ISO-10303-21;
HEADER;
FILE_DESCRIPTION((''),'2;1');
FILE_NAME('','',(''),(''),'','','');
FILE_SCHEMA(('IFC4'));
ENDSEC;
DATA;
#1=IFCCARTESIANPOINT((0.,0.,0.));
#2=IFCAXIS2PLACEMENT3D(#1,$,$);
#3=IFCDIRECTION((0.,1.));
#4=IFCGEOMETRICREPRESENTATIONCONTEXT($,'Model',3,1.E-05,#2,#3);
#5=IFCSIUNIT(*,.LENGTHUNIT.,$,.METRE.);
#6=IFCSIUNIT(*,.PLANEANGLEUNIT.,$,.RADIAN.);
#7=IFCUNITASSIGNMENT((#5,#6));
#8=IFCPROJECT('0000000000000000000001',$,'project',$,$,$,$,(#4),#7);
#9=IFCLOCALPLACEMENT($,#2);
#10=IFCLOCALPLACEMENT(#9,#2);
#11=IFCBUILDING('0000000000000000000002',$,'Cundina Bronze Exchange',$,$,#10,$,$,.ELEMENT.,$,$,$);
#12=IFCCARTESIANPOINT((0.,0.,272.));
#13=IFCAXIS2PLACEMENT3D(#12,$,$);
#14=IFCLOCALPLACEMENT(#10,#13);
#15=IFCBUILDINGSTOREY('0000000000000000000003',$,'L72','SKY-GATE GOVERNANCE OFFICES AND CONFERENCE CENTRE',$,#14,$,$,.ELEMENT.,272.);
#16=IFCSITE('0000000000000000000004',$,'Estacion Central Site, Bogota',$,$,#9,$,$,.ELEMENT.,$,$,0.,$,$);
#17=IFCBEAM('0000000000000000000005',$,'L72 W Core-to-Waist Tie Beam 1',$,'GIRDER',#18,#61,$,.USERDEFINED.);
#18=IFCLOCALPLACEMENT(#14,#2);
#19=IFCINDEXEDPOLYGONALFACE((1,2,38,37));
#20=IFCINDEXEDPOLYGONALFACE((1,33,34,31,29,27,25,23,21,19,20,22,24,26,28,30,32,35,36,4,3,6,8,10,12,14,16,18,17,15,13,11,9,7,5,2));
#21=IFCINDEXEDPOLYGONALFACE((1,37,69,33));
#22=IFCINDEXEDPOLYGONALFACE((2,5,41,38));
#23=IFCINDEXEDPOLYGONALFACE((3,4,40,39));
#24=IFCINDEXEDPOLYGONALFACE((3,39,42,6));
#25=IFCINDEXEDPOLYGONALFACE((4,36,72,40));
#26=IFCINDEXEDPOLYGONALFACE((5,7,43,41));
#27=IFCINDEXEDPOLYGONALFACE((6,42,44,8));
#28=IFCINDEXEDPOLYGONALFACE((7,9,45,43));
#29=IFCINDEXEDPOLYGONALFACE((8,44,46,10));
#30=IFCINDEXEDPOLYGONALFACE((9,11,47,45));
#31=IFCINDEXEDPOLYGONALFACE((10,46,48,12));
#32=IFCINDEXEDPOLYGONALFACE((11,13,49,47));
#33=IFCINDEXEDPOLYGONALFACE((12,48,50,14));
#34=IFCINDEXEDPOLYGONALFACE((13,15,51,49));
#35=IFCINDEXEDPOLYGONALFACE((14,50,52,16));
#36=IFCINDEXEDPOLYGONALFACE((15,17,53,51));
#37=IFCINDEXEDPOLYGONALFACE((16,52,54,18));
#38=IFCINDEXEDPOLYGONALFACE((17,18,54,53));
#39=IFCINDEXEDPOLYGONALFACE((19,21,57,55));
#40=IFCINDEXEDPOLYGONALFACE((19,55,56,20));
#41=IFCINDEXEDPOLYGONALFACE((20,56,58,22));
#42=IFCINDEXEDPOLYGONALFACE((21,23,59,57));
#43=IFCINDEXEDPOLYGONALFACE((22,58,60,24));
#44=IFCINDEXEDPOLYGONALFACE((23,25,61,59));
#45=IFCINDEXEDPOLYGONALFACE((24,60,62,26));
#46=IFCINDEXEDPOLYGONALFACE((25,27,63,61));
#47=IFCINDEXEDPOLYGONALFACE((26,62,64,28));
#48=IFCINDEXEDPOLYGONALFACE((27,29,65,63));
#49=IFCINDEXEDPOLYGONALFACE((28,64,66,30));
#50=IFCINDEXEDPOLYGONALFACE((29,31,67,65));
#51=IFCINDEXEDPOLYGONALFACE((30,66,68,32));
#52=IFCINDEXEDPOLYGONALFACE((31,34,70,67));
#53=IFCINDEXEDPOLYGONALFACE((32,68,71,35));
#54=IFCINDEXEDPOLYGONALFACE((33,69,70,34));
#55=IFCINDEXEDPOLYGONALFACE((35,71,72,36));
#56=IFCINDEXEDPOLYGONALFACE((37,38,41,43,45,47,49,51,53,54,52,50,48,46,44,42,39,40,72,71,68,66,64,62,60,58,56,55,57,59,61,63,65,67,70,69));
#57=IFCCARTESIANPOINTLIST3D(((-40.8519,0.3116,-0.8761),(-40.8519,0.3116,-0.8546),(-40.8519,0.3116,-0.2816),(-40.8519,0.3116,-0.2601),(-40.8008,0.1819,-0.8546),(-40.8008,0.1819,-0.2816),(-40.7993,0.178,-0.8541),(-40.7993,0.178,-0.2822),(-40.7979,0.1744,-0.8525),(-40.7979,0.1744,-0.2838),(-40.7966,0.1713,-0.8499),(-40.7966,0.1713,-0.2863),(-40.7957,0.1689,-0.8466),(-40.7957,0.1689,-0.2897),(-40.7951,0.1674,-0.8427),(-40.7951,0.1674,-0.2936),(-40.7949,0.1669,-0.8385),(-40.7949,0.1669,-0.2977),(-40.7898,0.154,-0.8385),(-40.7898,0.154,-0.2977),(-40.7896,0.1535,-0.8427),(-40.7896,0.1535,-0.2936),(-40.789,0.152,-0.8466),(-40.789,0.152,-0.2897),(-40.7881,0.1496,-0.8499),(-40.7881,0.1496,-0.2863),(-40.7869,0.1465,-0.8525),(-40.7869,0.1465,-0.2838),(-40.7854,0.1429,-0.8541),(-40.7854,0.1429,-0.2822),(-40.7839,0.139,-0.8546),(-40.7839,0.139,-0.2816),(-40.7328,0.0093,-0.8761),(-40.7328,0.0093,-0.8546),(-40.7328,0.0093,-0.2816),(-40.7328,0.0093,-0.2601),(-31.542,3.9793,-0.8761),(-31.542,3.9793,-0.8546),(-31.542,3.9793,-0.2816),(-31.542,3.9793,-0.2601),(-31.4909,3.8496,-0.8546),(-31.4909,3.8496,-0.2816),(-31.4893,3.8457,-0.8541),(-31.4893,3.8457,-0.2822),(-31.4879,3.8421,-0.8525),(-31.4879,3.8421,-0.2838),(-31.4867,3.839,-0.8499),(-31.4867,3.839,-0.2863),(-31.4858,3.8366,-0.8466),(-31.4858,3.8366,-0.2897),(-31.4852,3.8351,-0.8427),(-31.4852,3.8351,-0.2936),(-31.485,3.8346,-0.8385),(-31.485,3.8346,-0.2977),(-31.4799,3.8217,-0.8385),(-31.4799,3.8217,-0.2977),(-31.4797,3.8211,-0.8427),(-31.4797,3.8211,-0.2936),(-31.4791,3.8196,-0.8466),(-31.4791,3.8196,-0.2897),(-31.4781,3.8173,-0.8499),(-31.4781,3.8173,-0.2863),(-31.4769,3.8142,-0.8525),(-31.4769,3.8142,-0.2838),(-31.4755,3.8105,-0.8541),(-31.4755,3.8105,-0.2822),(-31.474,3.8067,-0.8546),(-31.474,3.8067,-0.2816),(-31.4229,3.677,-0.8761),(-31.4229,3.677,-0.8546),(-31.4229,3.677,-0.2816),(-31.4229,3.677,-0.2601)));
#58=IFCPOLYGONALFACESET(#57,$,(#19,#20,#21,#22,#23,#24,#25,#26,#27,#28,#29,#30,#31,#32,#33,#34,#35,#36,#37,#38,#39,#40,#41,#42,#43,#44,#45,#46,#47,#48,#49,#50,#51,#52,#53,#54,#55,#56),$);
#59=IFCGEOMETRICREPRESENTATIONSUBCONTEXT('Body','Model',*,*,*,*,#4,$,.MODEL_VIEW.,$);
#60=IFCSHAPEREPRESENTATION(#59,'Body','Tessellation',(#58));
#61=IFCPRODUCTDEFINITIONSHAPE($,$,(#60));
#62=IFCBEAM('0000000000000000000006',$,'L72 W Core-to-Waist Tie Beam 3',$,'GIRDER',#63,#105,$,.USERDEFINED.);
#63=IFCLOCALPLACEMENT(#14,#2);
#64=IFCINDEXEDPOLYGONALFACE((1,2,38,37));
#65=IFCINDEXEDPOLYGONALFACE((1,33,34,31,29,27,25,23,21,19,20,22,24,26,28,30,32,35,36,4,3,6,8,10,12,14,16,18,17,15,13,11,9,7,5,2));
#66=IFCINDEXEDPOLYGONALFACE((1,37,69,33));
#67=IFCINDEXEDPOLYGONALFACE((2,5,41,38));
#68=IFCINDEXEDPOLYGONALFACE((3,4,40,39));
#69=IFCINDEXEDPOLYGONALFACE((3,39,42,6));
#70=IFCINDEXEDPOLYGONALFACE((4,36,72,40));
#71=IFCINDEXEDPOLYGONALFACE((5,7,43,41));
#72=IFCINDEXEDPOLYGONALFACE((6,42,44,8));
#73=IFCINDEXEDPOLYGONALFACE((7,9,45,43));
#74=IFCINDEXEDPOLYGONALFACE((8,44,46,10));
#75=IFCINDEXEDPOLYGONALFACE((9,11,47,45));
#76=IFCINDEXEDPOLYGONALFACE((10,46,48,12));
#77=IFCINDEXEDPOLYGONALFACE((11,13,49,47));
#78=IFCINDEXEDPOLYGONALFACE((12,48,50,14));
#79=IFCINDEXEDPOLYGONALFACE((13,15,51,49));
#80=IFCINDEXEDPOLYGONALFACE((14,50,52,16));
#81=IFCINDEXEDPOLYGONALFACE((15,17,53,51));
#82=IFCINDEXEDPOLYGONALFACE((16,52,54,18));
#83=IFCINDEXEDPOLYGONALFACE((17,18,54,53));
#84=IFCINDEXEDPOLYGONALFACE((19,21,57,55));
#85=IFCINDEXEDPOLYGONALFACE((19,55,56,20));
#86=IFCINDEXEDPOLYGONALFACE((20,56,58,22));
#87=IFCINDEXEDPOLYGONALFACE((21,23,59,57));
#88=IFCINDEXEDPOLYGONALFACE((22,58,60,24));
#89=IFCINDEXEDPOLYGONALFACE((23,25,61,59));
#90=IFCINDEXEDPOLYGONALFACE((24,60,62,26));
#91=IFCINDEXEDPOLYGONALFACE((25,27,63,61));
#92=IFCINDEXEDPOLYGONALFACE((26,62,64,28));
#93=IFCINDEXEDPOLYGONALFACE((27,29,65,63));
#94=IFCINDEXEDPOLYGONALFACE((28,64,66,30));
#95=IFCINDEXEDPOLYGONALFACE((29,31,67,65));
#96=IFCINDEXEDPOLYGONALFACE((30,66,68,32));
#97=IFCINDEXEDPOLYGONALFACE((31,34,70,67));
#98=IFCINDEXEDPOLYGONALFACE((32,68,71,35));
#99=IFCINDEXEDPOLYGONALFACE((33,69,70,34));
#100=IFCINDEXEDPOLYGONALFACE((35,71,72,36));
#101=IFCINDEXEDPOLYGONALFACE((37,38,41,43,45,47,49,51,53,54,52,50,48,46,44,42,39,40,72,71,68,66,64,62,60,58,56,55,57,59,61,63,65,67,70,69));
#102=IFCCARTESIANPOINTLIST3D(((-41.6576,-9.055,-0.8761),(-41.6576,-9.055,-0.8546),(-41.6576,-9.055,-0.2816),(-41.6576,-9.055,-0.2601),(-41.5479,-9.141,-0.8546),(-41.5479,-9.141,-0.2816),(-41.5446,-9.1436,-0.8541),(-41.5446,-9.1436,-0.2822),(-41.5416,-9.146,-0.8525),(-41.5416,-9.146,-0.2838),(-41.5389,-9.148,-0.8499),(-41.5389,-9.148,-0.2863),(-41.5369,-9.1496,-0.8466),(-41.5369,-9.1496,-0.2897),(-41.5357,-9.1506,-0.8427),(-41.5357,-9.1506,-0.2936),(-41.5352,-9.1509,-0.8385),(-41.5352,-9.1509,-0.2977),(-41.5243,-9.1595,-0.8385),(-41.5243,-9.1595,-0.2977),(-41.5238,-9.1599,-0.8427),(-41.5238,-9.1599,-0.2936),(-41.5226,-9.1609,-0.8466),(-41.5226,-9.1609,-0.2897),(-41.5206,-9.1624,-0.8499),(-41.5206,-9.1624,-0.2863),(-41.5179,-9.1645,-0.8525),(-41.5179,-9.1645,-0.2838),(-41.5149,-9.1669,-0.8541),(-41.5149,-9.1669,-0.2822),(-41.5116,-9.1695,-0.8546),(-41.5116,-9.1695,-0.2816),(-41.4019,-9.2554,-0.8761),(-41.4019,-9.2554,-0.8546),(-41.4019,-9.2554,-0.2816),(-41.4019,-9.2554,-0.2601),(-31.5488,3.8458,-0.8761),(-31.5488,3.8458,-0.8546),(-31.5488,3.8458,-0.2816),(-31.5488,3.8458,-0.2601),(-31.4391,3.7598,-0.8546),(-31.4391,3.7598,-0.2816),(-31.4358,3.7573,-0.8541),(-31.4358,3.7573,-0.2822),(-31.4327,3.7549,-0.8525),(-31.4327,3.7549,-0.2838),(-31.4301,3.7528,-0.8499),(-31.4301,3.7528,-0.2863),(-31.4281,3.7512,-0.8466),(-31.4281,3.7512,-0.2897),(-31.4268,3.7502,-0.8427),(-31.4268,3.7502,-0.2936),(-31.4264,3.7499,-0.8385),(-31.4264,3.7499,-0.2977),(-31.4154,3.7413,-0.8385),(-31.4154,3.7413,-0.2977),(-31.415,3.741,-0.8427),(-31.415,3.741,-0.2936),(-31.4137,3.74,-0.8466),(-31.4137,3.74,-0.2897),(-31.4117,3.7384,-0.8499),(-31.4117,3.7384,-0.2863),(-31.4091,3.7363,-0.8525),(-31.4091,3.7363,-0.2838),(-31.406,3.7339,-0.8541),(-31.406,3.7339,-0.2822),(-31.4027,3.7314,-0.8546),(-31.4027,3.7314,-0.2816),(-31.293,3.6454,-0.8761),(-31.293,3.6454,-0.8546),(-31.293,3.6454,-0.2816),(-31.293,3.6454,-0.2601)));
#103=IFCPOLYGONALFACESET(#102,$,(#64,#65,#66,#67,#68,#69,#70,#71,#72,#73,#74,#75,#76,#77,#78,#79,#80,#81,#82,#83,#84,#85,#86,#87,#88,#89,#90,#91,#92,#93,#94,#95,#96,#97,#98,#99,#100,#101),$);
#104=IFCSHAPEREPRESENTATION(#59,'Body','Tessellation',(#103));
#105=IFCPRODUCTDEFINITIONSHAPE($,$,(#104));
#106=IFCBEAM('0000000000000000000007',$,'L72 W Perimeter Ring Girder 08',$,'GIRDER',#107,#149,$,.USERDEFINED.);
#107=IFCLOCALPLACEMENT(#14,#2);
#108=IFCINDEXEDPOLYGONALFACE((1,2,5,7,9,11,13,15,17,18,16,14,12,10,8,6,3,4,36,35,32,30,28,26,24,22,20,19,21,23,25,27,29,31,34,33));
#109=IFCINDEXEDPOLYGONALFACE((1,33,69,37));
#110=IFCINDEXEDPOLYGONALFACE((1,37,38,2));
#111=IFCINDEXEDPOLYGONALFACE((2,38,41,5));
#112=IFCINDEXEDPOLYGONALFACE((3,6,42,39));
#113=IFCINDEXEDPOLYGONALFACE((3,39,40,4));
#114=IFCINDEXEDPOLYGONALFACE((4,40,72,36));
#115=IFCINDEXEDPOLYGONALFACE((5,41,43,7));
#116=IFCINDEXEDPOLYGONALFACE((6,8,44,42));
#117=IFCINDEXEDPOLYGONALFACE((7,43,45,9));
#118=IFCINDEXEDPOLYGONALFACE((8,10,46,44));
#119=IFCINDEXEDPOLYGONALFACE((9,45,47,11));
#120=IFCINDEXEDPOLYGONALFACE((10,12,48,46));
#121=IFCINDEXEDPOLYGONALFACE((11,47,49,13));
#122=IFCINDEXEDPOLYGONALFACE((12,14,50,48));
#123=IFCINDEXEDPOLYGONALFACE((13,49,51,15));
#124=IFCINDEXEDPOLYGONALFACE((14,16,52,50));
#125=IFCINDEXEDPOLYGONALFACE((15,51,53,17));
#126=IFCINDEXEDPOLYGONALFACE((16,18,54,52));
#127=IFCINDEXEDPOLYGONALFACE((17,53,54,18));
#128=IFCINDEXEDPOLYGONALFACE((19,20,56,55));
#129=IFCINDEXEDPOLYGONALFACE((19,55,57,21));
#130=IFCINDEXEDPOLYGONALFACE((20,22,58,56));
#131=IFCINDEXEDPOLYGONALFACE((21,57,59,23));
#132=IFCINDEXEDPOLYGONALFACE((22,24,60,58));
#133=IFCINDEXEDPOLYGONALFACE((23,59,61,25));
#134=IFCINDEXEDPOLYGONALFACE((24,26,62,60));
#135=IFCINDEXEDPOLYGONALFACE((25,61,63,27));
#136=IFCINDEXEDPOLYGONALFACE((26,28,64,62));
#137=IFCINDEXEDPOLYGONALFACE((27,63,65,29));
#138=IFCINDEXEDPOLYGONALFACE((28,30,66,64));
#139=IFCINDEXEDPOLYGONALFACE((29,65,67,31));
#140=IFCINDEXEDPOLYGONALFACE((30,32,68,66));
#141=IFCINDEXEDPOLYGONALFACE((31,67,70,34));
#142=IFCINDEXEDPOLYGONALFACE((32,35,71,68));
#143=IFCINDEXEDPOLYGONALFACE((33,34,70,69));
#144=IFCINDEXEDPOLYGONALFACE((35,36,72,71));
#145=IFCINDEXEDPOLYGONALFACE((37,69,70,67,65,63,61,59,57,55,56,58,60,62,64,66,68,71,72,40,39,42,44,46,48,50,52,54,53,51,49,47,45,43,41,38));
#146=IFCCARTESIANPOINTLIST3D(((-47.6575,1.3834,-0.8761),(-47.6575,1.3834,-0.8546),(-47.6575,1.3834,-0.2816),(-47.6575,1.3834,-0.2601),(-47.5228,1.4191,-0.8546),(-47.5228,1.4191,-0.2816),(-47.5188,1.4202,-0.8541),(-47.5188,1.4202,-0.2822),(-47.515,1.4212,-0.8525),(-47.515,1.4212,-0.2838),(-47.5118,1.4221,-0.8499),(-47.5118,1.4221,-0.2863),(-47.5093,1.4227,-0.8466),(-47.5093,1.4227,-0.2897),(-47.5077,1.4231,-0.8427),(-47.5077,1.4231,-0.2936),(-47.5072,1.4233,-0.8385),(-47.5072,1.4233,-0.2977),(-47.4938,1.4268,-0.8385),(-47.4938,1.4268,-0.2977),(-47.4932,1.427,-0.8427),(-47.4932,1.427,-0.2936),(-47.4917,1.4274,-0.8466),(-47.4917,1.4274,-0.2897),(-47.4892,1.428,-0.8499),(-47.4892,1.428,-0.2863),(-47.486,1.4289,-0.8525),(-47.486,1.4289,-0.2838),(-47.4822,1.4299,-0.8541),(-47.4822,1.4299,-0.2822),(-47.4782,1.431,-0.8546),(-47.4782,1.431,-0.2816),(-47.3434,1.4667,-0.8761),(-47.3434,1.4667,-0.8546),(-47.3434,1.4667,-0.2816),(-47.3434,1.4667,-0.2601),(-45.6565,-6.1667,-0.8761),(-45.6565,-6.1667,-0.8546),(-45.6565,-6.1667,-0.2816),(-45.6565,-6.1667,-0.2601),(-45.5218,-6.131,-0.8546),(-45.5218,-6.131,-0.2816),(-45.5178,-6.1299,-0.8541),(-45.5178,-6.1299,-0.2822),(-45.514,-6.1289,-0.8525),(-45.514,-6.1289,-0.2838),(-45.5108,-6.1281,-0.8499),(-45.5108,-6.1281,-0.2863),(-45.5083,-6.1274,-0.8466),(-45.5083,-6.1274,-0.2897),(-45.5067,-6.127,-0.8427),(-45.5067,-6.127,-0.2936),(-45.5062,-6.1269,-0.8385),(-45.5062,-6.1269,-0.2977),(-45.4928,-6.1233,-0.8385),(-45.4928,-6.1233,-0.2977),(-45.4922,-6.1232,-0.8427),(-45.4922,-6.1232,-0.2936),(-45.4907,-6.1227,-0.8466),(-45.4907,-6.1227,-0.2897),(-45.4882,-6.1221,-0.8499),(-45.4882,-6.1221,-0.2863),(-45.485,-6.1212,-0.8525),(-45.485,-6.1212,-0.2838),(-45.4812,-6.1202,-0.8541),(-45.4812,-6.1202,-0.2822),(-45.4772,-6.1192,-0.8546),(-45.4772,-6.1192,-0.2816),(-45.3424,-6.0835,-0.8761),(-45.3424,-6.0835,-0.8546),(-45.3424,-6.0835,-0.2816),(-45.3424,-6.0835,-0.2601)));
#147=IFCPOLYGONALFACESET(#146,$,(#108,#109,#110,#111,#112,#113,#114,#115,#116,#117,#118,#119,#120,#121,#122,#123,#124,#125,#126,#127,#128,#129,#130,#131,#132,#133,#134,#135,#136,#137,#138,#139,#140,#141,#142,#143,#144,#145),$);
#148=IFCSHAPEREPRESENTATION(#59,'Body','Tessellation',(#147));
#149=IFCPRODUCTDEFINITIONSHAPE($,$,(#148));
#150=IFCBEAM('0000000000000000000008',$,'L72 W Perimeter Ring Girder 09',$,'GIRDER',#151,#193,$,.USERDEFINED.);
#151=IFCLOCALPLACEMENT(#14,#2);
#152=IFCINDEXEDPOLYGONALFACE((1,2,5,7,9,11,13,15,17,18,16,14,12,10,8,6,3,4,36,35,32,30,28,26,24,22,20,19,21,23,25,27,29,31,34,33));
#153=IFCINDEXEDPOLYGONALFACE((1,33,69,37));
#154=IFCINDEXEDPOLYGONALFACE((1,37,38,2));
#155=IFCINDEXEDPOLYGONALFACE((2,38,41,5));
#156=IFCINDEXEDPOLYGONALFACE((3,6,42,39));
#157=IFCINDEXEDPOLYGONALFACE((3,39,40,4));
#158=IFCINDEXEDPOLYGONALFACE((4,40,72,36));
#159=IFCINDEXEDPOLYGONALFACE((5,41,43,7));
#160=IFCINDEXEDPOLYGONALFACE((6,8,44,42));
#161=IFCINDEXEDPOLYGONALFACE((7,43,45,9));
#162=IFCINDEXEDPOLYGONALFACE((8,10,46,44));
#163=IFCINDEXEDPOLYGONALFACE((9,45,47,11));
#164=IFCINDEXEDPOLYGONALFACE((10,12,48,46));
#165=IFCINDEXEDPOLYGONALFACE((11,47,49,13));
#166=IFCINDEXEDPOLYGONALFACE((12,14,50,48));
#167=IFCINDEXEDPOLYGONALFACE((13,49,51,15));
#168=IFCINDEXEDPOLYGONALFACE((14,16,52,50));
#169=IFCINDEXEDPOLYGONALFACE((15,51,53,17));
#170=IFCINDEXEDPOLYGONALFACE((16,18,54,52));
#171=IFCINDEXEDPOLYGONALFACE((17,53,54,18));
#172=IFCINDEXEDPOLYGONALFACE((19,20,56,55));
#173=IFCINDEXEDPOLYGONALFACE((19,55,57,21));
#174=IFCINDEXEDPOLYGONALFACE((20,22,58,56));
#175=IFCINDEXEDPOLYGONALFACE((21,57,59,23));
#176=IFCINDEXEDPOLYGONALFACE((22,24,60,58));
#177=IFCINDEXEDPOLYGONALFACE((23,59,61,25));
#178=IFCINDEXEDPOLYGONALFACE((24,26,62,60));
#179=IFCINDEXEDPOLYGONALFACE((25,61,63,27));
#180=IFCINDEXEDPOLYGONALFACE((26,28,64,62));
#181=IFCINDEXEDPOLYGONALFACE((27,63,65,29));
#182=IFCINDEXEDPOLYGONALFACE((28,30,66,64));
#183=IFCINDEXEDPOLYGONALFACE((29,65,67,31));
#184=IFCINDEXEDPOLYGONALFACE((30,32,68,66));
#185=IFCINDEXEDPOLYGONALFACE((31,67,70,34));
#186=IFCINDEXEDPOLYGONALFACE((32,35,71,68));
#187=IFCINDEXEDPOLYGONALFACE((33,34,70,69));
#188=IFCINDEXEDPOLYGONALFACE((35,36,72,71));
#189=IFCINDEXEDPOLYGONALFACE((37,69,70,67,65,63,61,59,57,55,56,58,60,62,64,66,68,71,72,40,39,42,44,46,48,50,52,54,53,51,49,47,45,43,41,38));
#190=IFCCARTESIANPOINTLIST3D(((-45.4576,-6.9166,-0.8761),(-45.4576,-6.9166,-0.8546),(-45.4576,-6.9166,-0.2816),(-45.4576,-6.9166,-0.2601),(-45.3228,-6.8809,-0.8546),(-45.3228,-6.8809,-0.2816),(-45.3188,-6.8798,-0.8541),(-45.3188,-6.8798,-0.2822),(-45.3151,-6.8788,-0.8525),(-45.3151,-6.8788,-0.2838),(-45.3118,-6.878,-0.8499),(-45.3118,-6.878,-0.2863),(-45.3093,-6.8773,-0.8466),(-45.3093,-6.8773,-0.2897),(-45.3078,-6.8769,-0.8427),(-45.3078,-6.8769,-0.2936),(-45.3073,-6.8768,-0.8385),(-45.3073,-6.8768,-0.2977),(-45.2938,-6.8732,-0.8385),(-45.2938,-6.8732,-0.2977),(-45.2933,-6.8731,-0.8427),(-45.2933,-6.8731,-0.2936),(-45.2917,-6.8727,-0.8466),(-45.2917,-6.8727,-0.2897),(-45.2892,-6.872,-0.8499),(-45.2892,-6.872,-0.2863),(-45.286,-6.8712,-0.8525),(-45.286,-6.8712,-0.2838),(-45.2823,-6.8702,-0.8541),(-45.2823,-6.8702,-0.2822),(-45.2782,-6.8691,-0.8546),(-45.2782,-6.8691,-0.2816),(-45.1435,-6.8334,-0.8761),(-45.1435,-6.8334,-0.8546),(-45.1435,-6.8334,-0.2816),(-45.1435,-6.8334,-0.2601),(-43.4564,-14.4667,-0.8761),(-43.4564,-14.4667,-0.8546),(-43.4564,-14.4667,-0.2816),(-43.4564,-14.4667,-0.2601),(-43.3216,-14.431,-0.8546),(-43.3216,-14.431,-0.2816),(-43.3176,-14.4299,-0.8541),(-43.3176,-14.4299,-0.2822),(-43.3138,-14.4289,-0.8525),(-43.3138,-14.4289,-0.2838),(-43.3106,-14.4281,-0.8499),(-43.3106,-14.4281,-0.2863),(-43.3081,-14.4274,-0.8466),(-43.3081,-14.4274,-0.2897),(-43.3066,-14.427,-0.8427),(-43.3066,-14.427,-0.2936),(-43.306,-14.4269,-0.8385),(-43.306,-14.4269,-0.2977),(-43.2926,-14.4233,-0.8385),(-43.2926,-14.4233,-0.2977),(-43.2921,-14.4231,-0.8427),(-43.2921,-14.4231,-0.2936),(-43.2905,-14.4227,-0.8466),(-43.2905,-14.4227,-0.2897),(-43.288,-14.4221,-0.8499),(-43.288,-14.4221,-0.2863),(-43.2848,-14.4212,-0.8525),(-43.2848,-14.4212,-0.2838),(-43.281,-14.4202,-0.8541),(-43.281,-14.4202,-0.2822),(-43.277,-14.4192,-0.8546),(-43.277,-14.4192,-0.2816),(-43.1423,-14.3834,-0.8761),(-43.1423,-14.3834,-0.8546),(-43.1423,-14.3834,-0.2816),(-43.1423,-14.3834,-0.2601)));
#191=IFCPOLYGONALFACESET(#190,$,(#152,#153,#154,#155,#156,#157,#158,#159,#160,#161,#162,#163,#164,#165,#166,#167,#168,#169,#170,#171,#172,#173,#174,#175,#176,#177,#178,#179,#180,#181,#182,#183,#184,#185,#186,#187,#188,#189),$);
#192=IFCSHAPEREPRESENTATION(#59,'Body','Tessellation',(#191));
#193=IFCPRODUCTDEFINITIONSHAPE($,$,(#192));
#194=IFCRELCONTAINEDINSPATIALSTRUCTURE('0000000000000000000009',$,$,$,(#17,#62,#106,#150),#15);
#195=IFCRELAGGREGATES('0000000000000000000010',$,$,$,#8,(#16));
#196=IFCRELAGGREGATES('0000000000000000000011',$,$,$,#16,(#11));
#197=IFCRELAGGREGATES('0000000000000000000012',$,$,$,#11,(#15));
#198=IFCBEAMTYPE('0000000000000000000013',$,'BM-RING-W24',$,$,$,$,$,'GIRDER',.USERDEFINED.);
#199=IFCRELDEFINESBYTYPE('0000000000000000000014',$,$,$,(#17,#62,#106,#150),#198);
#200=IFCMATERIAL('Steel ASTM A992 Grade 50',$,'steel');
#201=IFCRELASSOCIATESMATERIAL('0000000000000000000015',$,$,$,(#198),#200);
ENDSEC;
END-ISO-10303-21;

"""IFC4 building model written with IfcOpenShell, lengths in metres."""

from ifc_helpers import new_model, si_unit, direction, frame, origin, origin_2d, place, context, subcontext, project, spatial, i_section, extrude, material, material_profile, profile_set, type_object, element, save


model = new_model("IFC4")

# Units and contexts
model_context = context("Model", 3, precision=1e-05, world=origin(), true_north=direction((0.0, 1.0)))
body_context = subcontext(model_context, "Body", "Model", "MODEL_VIEW")
ifc_project = project(units=[si_unit("LENGTHUNIT", "METRE"), si_unit("PLANEANGLEUNIT", "RADIAN")], contexts=[model_context])

# Site, building, storey
site_placement = place(None, origin())
site = spatial("IfcSite", under=ifc_project, at=site_placement, Name="Estacion Central Site, Bogota", CompositionType="ELEMENT", RefElevation=0.0)
building_placement = place(site_placement, origin())
building = spatial("IfcBuilding", under=site, at=building_placement, Name="Cundina Bronze Exchange", CompositionType="ELEMENT")
storey_placement = place(building_placement, frame((0.0, 0.0, 272.0)))
storey = spatial("IfcBuildingStorey", under=building, at=storey_placement, Name="L72", Description="SKY-GATE GOVERNANCE OFFICES AND CONFERENCE CENTRE", CompositionType="ELEMENT", Elevation=272.0)

# Shared definitions
ifc_material_1 = material(Name="Steel ASTM A992 Grade 50", Category="steel")

# Beams
ifc_material_profile_1 = material_profile(ifc_material_1, i_section(OverallWidth=0.325, OverallDepth=0.616, WebThickness=0.0139, FlangeThickness=0.0215, FilletRadius=0.0161, at=origin_2d()), Name="W24X117", Category="steel")
ifc_profile_set_1 = profile_set([ifc_material_profile_1], Name="Steel ASTM A992 Grade 50")
beam_type_1 = type_object("IfcBeamType", Name="BM-RING-W24", ElementType="GIRDER", PredefinedType="USERDEFINED", material=ifc_profile_set_1)
beam_1_placement = place(storey_placement, frame((-31.4824, 3.8281, -0.5681), z_axis=(-0.930404, -0.366535, 0.0), x_axis=(0.366535, -0.930404, 0.0)))
element("IfcBeam", 1, at=beam_1_placement, inside=storey, type_object=beam_type_1, Name="L72 W Core-to-Waist Tie Beam 1", ObjectType="GIRDER", PredefinedType="USERDEFINED", context=body_context, shape_type="SweptSolid", body=[
    extrude(i_section(OverallWidth=0.325, OverallDepth=0.616, WebThickness=0.0139, FlangeThickness=0.0215, FilletRadius=0.0161, at=origin_2d()), origin(), (0.0, 0.0, 1.0), 10.0063),
])
beam_2_placement = place(storey_placement, frame((-31.4209, 3.7456, -0.5681), z_axis=(-0.616783, -0.787133, 0.0), x_axis=(0.787133, -0.616783, 0.0)))
element("IfcBeam", 2, at=beam_2_placement, inside=storey, type_object=beam_type_1, Name="L72 W Core-to-Waist Tie Beam 3", ObjectType="GIRDER", PredefinedType="USERDEFINED", context=body_context, shape_type="SweptSolid", body=[
    extrude(i_section(OverallWidth=0.325, OverallDepth=0.616, WebThickness=0.0139, FlangeThickness=0.0215, FilletRadius=0.0161, at=origin_2d()), origin(), (0.0, 0.0, 1.0), 16.3896),
])
for number, where, z_axis, x_axis, name in (
    (3, (-47.5005, 1.425, -0.5681), (0.256184, -0.966628, 0.0), (0.966628, 0.256184, 0.0), "L72 W Perimeter Ring Girder 08"),
    (4, (-45.3005, -6.875, -0.5681), (0.256213, -0.96662, 0.0), (0.96662, 0.256213, 0.0), "L72 W Perimeter Ring Girder 09"),
):
    element("IfcBeam", number, at=place(storey_placement, frame(where, z_axis=z_axis, x_axis=x_axis)), inside=storey, type_object=beam_type_1, Name=name, ObjectType="GIRDER", PredefinedType="USERDEFINED", context=body_context, shape_type="SweptSolid", body=[
        extrude(i_section(OverallWidth=0.325, OverallDepth=0.616, WebThickness=0.0139, FlangeThickness=0.0215, FilletRadius=0.0161, at=origin_2d()), origin(), (0.0, 0.0, 1.0), 7.8108),
    ])

save(model, "model.ifc")
